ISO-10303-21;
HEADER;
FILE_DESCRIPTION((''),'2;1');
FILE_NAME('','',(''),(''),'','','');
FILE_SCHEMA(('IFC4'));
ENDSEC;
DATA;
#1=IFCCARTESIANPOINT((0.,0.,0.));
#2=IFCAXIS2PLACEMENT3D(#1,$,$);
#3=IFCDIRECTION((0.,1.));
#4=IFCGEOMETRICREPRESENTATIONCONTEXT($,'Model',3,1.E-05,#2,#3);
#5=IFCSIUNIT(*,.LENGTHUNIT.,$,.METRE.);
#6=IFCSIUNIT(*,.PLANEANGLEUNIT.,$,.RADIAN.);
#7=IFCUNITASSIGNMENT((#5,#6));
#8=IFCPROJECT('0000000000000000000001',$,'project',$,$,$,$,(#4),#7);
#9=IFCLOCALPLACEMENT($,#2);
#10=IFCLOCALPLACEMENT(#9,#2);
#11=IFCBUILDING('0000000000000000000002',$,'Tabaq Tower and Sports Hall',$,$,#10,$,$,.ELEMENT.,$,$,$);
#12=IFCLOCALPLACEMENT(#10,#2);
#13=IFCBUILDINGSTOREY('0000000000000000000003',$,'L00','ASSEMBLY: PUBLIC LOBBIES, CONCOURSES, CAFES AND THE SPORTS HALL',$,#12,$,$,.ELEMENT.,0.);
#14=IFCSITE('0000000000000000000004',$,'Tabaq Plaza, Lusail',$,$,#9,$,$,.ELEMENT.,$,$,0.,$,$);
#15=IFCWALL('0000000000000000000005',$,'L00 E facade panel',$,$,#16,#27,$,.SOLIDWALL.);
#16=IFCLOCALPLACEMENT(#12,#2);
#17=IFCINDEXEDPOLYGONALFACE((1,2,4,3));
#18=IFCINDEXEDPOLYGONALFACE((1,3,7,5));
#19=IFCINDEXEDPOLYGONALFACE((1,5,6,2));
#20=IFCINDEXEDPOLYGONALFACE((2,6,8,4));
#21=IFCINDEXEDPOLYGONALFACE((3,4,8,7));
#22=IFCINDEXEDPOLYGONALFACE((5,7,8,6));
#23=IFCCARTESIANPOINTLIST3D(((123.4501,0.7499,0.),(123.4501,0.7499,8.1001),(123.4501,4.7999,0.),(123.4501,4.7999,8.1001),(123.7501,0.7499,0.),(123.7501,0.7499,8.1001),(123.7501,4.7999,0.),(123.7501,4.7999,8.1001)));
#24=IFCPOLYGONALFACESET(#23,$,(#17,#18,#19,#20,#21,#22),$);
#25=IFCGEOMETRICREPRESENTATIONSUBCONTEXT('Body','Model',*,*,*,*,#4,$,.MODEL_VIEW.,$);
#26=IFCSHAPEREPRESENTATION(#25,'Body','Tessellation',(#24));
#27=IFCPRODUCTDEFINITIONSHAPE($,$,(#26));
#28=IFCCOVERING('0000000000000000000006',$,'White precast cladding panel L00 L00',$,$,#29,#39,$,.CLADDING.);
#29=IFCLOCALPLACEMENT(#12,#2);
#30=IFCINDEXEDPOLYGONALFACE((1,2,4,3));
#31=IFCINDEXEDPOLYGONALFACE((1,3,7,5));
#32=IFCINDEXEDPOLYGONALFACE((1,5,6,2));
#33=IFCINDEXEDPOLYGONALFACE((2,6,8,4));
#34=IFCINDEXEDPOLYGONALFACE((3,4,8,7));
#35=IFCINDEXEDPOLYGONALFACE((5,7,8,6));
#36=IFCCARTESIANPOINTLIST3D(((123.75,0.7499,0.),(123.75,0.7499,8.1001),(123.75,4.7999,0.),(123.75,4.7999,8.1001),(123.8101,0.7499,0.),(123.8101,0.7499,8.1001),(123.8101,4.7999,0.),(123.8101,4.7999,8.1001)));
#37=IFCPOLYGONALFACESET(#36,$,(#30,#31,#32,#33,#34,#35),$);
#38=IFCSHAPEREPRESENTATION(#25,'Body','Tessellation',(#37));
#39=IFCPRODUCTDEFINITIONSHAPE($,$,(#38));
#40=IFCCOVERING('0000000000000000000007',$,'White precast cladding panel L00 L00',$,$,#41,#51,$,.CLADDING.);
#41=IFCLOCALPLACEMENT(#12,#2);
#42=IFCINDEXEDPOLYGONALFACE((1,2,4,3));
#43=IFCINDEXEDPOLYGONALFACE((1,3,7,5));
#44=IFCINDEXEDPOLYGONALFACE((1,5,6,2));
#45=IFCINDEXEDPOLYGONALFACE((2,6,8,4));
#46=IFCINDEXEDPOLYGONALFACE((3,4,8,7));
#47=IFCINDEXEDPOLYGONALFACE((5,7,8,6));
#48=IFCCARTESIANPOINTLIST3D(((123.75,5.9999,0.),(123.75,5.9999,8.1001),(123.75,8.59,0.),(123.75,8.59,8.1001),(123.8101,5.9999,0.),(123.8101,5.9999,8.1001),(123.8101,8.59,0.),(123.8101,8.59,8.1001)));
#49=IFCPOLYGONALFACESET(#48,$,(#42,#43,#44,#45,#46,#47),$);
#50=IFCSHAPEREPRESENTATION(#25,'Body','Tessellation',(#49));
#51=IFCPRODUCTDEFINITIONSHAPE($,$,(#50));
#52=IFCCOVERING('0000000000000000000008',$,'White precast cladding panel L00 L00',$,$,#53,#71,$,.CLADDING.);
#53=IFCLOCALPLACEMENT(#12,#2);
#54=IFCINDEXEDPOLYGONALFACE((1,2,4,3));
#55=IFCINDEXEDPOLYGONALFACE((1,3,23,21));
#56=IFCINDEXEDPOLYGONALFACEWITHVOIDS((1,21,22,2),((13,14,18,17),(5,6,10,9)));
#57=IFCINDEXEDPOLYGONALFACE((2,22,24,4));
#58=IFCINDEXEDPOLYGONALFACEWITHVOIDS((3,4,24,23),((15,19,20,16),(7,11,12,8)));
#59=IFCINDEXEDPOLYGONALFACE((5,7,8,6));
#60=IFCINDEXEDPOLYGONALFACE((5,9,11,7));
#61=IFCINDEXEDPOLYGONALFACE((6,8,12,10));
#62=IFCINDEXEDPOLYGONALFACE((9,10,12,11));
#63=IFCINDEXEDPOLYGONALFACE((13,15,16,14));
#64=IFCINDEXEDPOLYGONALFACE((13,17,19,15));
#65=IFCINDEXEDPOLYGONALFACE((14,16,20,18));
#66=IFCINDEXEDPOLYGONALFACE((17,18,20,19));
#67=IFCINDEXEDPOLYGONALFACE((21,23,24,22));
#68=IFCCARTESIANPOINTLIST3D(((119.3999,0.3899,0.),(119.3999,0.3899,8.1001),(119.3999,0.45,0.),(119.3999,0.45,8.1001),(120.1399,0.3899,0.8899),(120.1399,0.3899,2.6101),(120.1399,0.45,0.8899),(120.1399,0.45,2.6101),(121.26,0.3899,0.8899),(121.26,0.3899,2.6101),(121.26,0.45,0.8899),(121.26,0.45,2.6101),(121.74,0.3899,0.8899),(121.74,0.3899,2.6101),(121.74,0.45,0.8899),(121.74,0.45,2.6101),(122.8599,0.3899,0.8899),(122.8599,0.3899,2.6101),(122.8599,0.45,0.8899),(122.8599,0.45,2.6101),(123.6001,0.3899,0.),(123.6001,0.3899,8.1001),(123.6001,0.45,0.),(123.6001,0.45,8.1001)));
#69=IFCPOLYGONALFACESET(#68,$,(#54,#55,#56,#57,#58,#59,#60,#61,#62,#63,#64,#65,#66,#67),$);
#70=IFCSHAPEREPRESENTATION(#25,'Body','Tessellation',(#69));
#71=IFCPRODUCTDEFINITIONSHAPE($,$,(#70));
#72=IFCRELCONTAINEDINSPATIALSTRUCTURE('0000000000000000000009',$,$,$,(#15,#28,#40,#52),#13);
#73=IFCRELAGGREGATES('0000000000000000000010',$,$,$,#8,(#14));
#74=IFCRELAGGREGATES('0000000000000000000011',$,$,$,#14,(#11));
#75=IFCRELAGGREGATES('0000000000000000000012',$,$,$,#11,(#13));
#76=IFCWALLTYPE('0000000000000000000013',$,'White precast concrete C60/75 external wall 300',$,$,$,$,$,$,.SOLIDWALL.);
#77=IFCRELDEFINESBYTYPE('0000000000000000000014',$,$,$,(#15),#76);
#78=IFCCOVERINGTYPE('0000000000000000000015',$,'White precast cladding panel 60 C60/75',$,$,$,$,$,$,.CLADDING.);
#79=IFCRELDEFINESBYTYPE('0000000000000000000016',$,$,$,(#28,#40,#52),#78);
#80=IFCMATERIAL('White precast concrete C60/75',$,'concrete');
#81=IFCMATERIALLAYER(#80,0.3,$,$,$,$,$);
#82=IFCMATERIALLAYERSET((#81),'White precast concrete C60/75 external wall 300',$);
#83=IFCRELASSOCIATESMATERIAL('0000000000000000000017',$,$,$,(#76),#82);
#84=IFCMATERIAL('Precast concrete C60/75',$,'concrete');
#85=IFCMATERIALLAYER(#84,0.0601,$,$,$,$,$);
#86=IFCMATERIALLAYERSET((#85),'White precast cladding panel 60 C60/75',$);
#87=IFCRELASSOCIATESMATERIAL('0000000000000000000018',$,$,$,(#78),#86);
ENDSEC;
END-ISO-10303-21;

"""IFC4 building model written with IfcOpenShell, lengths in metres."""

from ifc_helpers import new_model, si_unit, direction, frame, frame_2d, origin, place, context, subcontext, project, spatial, polyline, rectangle, outline, extrude, material, layer, layer_set, type_object, element, save


model = new_model("IFC4")

# Units and contexts
model_context = context("Model", 3, precision=1e-05, world=origin(), true_north=direction((0.0, 1.0)))
body_context = subcontext(model_context, "Body", "Model", "MODEL_VIEW")
ifc_project = project(units=[si_unit("LENGTHUNIT", "METRE"), si_unit("PLANEANGLEUNIT", "RADIAN")], contexts=[model_context])

# Site, building, storey
site_placement = place(None, origin())
site = spatial("IfcSite", under=ifc_project, at=site_placement, Name="Tabaq Plaza, Lusail", CompositionType="ELEMENT", RefElevation=0.0)
building_placement = place(site_placement, origin())
building = spatial("IfcBuilding", under=site, at=building_placement, Name="Tabaq Tower and Sports Hall", CompositionType="ELEMENT")
storey_placement = place(building_placement, origin())
storey = spatial("IfcBuildingStorey", under=building, at=storey_placement, Name="L00", Description="ASSEMBLY: PUBLIC LOBBIES, CONCOURSES, CAFES AND THE SPORTS HALL", CompositionType="ELEMENT", Elevation=0.0)

# Shared definitions
ifc_material_1 = material(Name="White precast concrete C60/75", Category="concrete")
ifc_layer_1 = layer(ifc_material_1, 0.3)
ifc_layer_set_1 = layer_set([ifc_layer_1], Name="White precast concrete C60/75 external wall 300")
wall_type_1 = type_object("IfcWallType", Name="White precast concrete C60/75 external wall 300", PredefinedType="SOLIDWALL", material=ifc_layer_set_1)

# Wall
wall_1_placement = place(storey_placement, frame((123.6001, 0.75, 0.0), z_axis=(0.0, 0.0, 1.0), x_axis=(0.0, 1.0, 0.0)))
element("IfcWall", 1, at=wall_1_placement, inside=storey, type_object=wall_type_1, Name="L00 E facade panel", PredefinedType="SOLIDWALL", context=body_context, shape_type="SweptSolid", body=[
    extrude(rectangle(XDim=4.05, YDim=0.3, at=frame_2d((2.0249, 0.0))), origin(), (0.0, 0.0, 1.0), 8.1001),
])

# Coverings
ifc_material_2 = material(Name="Precast concrete C60/75", Category="concrete")
ifc_layer_2 = layer(ifc_material_2, 0.0601)
ifc_layer_set_2 = layer_set([ifc_layer_2], Name="White precast cladding panel 60 C60/75")
covering_type = type_object("IfcCoveringType", Name="White precast cladding panel 60 C60/75", PredefinedType="CLADDING", material=ifc_layer_set_2)
covering_1_placement = place(storey_placement, frame((123.78, 0.75, 0.0), z_axis=(0.0, 0.0, 1.0), x_axis=(0.0, 1.0, 0.0)))
element("IfcCovering", 2, at=covering_1_placement, inside=storey, type_object=covering_type, Name="White precast cladding panel L00 L00", PredefinedType="CLADDING", context=body_context, shape_type="SweptSolid", body=[
    extrude(rectangle(XDim=4.05, YDim=0.0601, at=frame_2d((2.0249, 0.0))), origin(), (0.0, 0.0, 1.0), 8.1001),
])
covering_2_placement = place(storey_placement, frame((123.78, 6.0, 0.0), z_axis=(0.0, 0.0, 1.0), x_axis=(0.0, 1.0, 0.0)))
element("IfcCovering", 3, at=covering_2_placement, inside=storey, type_object=covering_type, Name="White precast cladding panel L00 L00", PredefinedType="CLADDING", context=body_context, shape_type="SweptSolid", body=[
    extrude(rectangle(XDim=2.5901, YDim=0.0601, at=frame_2d((1.2949, 0.0))), origin(), (0.0, 0.0, 1.0), 8.1001),
])
covering_3_placement = place(storey_placement, frame((119.3999, 0.4199, 0.0), z_axis=(0.0, 0.0, 1.0), x_axis=(1.0, 0.0, 0.0)))
element("IfcCovering", 4, at=covering_3_placement, inside=storey, type_object=covering_type, Name="White precast cladding panel L00 L00", PredefinedType="CLADDING", context=body_context, shape_type="SweptSolid", body=[
    extrude(outline(polyline([(0.0, 0.0), (4.2002, 0.0), (4.2002, 8.1001), (0.0, 8.1001), (0.0, 0.0)]), holes=[polyline([(0.74, 2.6101), (1.8601, 2.6101), (1.8601, 0.8899), (0.74, 0.8899), (0.74, 2.6101)]), polyline([(2.3401, 2.6101), (3.46, 2.6101), (3.46, 0.8899), (2.3401, 0.8899), (2.3401, 2.6101)])]), frame((0.0, 0.03, 0.0), z_axis=(0.0, -1.0, 0.0), x_axis=(1.0, 0.0, 0.0)), (0.0, 0.0, 1.0), 0.0601),
])

save(model, "model.ifc")
